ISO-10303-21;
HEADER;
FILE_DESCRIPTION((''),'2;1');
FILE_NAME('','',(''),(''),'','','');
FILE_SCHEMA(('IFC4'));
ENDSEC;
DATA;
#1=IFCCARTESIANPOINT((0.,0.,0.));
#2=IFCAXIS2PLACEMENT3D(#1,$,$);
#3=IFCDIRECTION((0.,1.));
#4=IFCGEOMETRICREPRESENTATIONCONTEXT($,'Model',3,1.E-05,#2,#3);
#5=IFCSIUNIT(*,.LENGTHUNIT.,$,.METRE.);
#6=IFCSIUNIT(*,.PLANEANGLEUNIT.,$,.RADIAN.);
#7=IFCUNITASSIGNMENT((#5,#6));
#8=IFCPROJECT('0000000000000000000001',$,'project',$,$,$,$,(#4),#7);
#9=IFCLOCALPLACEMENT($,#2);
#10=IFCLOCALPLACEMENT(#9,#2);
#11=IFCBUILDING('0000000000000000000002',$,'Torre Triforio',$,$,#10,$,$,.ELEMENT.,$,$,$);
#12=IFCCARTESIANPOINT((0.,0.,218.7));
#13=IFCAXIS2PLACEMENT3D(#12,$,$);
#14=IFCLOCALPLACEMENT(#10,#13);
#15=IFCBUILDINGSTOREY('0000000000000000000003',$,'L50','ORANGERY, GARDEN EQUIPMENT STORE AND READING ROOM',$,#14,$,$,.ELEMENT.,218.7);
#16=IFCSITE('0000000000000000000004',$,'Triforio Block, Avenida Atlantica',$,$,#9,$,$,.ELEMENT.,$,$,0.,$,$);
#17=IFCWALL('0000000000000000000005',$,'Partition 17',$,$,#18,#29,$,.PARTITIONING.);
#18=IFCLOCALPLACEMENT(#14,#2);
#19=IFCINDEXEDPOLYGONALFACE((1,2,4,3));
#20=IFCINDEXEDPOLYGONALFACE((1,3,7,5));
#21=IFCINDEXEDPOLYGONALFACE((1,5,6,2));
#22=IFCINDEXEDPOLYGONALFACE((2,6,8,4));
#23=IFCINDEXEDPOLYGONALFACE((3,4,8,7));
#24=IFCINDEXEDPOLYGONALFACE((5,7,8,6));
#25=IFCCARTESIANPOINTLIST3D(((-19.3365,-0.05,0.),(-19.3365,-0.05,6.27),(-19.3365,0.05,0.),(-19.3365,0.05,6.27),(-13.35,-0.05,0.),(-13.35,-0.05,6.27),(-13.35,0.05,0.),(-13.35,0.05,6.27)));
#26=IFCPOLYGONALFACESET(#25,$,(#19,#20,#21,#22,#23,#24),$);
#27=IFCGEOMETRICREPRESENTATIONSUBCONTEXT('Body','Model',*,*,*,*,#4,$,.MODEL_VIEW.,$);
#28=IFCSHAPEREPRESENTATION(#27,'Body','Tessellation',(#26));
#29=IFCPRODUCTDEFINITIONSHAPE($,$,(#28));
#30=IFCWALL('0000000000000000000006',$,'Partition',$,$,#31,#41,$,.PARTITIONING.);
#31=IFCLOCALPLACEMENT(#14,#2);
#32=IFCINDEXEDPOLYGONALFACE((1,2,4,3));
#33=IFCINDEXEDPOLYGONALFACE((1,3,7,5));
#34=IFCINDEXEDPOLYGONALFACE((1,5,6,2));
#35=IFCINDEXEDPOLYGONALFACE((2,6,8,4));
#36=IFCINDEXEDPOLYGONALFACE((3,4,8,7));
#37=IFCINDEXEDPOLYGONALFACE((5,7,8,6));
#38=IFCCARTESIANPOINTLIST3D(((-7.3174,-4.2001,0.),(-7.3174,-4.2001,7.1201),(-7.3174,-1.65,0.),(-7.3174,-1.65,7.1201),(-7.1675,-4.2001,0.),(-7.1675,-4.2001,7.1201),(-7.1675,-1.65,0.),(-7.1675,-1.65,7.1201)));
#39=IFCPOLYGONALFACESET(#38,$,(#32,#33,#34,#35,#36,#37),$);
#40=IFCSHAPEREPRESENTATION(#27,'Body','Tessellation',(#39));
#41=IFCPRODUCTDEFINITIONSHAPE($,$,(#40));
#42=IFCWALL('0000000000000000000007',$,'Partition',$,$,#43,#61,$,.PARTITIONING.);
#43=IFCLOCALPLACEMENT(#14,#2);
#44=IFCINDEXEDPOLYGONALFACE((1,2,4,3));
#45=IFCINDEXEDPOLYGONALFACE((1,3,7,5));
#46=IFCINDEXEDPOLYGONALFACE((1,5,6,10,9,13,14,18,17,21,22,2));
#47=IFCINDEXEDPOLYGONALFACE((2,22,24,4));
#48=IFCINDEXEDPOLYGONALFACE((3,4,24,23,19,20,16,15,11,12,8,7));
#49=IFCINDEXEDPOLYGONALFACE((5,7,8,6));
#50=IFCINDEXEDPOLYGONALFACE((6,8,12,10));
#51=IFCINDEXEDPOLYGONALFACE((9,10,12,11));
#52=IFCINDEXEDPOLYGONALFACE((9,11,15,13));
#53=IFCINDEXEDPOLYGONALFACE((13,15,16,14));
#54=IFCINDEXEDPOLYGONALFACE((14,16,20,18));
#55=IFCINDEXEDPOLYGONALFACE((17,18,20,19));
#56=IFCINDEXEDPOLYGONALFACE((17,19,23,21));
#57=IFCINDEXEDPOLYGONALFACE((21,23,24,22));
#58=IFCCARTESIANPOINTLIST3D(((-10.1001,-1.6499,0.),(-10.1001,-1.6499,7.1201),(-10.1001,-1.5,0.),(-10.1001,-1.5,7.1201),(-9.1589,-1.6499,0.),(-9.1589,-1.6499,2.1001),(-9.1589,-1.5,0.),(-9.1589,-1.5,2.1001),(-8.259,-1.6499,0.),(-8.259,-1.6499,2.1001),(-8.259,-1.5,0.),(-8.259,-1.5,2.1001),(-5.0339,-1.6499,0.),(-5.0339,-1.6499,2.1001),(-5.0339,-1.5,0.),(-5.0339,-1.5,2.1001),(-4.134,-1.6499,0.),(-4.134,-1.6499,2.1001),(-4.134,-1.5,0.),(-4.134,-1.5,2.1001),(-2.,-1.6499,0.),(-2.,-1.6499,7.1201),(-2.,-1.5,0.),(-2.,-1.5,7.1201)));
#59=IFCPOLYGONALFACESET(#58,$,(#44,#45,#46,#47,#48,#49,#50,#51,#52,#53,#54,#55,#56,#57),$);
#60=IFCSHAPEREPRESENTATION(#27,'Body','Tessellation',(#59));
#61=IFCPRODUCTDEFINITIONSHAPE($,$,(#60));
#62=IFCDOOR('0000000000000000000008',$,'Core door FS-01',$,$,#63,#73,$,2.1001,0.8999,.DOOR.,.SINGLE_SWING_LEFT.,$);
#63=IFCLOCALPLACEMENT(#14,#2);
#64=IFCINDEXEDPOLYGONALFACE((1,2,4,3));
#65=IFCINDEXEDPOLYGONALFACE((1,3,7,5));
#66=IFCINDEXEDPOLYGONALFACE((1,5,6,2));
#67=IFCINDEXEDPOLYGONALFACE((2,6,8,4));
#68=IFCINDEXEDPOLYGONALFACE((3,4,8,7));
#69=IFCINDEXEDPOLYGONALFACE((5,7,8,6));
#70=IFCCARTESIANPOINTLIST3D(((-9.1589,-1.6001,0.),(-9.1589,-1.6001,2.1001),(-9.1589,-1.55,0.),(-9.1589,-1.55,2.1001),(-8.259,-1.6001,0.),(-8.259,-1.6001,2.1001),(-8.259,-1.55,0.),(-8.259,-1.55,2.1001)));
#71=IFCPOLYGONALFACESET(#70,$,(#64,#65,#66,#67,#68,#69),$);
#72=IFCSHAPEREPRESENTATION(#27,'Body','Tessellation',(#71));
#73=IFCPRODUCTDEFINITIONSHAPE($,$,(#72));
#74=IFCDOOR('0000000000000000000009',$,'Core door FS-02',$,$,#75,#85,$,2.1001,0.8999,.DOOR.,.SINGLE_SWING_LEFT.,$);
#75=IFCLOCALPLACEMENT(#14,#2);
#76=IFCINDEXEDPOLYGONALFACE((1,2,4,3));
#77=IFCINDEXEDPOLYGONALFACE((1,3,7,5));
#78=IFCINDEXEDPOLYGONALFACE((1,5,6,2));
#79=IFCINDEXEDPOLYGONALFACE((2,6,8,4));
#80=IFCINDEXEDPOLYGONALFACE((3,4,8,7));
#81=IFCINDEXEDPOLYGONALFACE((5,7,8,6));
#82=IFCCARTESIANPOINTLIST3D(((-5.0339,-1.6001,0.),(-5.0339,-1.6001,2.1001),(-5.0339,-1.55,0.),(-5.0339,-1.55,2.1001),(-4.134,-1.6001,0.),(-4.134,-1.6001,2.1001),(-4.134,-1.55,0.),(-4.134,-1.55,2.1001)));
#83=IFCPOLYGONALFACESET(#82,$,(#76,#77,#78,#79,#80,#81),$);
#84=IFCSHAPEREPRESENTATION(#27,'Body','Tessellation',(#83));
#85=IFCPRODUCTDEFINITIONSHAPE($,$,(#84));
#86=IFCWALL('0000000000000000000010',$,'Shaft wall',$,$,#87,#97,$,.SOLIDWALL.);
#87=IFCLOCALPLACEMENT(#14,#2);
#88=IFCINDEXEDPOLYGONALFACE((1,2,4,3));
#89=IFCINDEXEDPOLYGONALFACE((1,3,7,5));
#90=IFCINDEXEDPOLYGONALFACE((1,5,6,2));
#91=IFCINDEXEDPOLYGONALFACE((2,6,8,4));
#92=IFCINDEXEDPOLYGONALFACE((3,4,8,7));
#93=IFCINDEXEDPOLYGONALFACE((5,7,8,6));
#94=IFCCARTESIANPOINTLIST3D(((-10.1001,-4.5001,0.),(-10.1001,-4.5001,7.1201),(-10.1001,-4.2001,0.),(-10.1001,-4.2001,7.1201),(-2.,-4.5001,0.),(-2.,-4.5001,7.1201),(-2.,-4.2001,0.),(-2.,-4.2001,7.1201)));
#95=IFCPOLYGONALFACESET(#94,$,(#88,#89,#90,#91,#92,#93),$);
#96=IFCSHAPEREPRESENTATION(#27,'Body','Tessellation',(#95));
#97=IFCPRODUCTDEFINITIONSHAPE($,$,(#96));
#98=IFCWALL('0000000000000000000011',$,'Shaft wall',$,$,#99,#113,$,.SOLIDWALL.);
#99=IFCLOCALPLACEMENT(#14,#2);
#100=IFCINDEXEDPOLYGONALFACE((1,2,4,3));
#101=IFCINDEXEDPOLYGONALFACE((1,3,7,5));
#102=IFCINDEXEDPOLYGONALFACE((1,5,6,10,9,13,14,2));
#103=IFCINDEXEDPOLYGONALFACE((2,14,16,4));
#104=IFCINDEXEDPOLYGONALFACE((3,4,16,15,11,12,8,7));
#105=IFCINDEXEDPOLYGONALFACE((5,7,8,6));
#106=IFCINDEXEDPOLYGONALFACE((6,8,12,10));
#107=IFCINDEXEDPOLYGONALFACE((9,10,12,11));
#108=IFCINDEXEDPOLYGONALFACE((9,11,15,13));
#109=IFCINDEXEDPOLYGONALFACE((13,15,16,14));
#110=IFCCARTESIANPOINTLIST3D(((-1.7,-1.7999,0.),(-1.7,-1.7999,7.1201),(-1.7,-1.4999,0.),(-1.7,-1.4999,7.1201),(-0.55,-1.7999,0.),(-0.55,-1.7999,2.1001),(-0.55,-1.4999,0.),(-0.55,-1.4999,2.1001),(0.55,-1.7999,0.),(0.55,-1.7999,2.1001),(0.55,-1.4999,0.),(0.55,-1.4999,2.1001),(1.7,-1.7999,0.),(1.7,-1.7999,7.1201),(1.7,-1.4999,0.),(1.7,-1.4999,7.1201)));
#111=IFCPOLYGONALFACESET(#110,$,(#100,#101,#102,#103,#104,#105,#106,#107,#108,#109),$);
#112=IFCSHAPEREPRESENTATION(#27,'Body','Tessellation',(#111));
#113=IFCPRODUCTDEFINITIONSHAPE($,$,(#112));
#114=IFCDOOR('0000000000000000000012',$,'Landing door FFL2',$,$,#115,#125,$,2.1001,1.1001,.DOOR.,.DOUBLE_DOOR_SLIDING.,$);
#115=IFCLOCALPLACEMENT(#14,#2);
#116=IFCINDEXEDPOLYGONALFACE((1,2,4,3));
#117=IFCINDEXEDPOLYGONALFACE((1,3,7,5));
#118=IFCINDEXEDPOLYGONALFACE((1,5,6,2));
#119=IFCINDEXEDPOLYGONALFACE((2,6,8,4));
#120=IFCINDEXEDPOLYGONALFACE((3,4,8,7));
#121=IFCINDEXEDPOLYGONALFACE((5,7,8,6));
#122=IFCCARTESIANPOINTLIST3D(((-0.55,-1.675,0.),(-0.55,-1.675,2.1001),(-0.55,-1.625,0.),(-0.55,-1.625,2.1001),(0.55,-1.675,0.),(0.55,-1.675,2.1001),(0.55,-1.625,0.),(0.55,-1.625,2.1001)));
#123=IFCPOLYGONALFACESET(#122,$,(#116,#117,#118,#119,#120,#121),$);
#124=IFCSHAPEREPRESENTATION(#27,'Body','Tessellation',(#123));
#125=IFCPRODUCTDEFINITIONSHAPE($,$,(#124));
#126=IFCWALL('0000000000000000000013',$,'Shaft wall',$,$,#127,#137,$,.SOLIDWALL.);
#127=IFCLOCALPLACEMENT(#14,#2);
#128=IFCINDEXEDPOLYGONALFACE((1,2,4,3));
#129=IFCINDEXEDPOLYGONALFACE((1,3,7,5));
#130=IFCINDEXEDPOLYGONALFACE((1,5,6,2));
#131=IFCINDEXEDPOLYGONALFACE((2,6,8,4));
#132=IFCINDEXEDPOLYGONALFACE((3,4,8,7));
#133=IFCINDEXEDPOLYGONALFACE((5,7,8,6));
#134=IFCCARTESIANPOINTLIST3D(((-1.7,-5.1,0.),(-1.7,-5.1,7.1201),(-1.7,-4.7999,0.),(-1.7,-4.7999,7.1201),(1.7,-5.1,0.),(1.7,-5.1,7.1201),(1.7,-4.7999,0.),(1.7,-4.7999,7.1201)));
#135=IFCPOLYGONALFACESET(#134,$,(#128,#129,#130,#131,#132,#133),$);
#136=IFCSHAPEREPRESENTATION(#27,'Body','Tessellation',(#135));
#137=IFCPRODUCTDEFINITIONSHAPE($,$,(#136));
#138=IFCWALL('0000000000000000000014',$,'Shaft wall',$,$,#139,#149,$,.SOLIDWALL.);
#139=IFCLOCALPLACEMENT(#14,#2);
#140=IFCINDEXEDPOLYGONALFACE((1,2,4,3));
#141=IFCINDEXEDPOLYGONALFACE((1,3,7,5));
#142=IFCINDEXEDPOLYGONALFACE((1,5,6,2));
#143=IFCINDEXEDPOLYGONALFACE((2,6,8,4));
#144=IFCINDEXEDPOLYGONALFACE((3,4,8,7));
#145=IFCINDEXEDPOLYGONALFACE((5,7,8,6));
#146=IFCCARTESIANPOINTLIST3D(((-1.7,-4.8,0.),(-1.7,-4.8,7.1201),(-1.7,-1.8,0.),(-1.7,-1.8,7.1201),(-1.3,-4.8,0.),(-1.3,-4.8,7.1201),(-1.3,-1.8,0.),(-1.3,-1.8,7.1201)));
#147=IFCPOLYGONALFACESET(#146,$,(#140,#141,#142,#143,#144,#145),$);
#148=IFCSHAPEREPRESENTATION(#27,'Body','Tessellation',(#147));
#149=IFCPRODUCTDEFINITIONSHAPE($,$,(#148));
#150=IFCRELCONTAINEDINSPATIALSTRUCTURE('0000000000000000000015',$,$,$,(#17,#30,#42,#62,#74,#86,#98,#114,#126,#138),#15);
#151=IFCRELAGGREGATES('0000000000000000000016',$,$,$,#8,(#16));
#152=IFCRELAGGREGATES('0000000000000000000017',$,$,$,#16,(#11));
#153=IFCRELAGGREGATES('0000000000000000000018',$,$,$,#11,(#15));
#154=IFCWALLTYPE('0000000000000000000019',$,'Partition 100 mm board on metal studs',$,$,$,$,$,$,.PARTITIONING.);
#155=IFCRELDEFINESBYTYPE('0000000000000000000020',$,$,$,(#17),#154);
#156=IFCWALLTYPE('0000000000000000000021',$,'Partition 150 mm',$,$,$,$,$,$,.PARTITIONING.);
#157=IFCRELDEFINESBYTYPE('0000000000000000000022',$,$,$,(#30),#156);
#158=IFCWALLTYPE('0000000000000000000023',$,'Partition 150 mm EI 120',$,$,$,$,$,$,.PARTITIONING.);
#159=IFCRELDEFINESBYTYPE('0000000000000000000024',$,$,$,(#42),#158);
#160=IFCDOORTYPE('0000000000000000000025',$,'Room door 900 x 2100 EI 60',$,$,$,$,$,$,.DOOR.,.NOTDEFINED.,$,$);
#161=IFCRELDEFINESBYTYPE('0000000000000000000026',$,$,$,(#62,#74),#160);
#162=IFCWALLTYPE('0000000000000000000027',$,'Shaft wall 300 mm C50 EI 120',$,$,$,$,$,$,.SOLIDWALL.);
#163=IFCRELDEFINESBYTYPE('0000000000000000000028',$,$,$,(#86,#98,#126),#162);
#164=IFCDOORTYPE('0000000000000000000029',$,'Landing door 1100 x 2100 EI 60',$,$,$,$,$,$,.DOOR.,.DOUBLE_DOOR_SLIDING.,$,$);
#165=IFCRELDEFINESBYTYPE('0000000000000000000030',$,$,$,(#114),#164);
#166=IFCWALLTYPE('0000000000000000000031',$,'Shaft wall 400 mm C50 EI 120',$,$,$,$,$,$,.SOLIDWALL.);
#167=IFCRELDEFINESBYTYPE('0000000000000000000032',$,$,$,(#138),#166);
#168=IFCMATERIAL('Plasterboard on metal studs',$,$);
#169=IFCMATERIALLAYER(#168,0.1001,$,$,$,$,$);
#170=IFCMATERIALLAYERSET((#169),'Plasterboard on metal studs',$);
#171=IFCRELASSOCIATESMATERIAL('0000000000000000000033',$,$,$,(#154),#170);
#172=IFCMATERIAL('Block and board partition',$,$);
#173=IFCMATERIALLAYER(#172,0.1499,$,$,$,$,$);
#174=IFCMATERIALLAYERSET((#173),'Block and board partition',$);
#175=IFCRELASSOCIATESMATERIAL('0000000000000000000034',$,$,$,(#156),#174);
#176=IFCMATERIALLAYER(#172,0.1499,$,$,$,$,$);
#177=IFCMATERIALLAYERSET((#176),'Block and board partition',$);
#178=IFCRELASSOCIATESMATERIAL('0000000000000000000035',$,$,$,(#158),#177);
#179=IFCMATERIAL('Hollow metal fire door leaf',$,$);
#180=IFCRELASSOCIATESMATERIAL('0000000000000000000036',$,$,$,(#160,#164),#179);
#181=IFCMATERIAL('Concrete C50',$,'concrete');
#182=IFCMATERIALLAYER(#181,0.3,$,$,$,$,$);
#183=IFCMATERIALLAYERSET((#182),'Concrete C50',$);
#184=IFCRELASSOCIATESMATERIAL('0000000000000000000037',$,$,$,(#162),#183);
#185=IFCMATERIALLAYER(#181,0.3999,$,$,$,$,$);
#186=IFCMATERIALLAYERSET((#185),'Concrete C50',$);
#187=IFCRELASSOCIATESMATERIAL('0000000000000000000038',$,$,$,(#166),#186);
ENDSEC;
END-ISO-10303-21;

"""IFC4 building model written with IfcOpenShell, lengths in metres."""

from ifc_helpers import new_model, si_unit, direction, frame, frame_2d, origin, place, context, subcontext, project, spatial, rectangle, extrude, material, layer, layer_set, type_object, element, fill, save


model = new_model("IFC4")

# Units and contexts
model_context = context("Model", 3, precision=1e-05, world=origin(), true_north=direction((0.0, 1.0)))
body_context = subcontext(model_context, "Body", "Model", "MODEL_VIEW")
ifc_project = project(units=[si_unit("LENGTHUNIT", "METRE"), si_unit("PLANEANGLEUNIT", "RADIAN")], contexts=[model_context])

# Site, building, storey
site_placement = place(None, origin())
site = spatial("IfcSite", under=ifc_project, at=site_placement, Name="Triforio Block, Avenida Atlantica", CompositionType="ELEMENT", RefElevation=0.0)
building_placement = place(site_placement, origin())
building = spatial("IfcBuilding", under=site, at=building_placement, Name="Torre Triforio", CompositionType="ELEMENT")
storey_placement = place(building_placement, frame((0.0, 0.0, 218.7)))
storey = spatial("IfcBuildingStorey", under=building, at=storey_placement, Name="L50", Description="ORANGERY, GARDEN EQUIPMENT STORE AND READING ROOM", CompositionType="ELEMENT", Elevation=218.7)

# Shared definitions
ifc_material_1 = material(Name="Concrete C50", Category="concrete")
ifc_material_2 = material(Name="Hollow metal fire door leaf")

# Shared definitions
ifc_material_3 = material(Name="Plasterboard on metal studs")

# Shared definitions
ifc_material_4 = material(Name="Block and board partition")

# Walls
ifc_layer_1 = layer(ifc_material_3, 0.1001)
ifc_layer_set_1 = layer_set([ifc_layer_1], Name="Plasterboard on metal studs")
wall_type_1 = type_object("IfcWallType", Name="Partition 100 mm board on metal studs", PredefinedType="PARTITIONING", material=ifc_layer_set_1)
wall_1_placement = place(storey_placement, frame((-13.3501, 0.0, 0.0), z_axis=(0.0, 0.0, 1.0), x_axis=(-1.0, 0.0, 0.0)))
element("IfcWall", 1, at=wall_1_placement, inside=storey, type_object=wall_type_1, Name="Partition 17", PredefinedType="PARTITIONING", context=body_context, shape_type="SweptSolid", body=[
    extrude(rectangle(XDim=5.9866, YDim=0.1001, at=frame_2d((2.9932, 0.0))), origin(), (0.0, 0.0, 1.0), 6.27),
])
ifc_layer_2 = layer(ifc_material_4, 0.1499)
ifc_layer_set_2 = layer_set([ifc_layer_2], Name="Block and board partition")
wall_type_2 = type_object("IfcWallType", Name="Partition 150 mm", PredefinedType="PARTITIONING", material=ifc_layer_set_2)
wall_2_placement = place(storey_placement, frame((-7.2424, -4.2, 0.0), z_axis=(0.0, 0.0, 1.0), x_axis=(0.0, 1.0, 0.0)))
element("IfcWall", 2, at=wall_2_placement, inside=storey, type_object=wall_type_2, Name="Partition", PredefinedType="PARTITIONING", context=body_context, shape_type="SweptSolid", body=[
    extrude(rectangle(XDim=2.55, YDim=0.1499, at=frame_2d((1.2749, 0.0))), origin(), (0.0, 0.0, 1.0), 7.1201),
])

# Wall, openings, doors
ifc_layer_3 = layer(ifc_material_4, 0.1499)
ifc_layer_set_3 = layer_set([ifc_layer_3], Name="Block and board partition")
wall_type_3 = type_object("IfcWallType", Name="Partition 150 mm EI 120", PredefinedType="PARTITIONING", material=ifc_layer_set_3)
wall_3_placement = place(storey_placement, frame((-10.1001, -1.575, 0.0), z_axis=(0.0, 0.0, 1.0), x_axis=(1.0, 0.0, 0.0)))
wall_3 = element("IfcWall", 3, at=wall_3_placement, inside=storey, type_object=wall_type_3, Name="Partition", PredefinedType="PARTITIONING", context=body_context, shape_type="SweptSolid", body=[
    extrude(rectangle(XDim=8.1001, YDim=0.1499, at=frame_2d((4.05, 0.0))), origin(), (0.0, 0.0, 1.0), 7.1201),
])
opening_1_placement = place(wall_3_placement, frame((0.9412, 0.0, 0.0)))
opening_1 = element("IfcOpeningElement", 4, at=opening_1_placement, cuts=wall_3, PredefinedType="OPENING", context=body_context, shape_type="SweptSolid", body=[
    extrude(rectangle(XDim=0.8999, YDim=2.1001, at=frame_2d((0.45, 1.05))), frame((0.0, 0.085, 0.0), z_axis=(0.0, -1.0, 0.0), x_axis=(1.0, 0.0, 0.0)), (0.0, 0.0, 1.0), 0.1699),
])
opening_2_placement = place(wall_3_placement, frame((5.0662, 0.0, 0.0)))
opening_2 = element("IfcOpeningElement", 5, at=opening_2_placement, cuts=wall_3, PredefinedType="OPENING", context=body_context, shape_type="SweptSolid", body=[
    extrude(rectangle(XDim=0.8999, YDim=2.1001, at=frame_2d((0.45, 1.05))), frame((0.0, 0.085, 0.0), z_axis=(0.0, -1.0, 0.0), x_axis=(1.0, 0.0, 0.0)), (0.0, 0.0, 1.0), 0.1699),
])
door_type_1 = type_object("IfcDoorType", Name="Room door 900 x 2100 EI 60", OperationType="NOTDEFINED", PredefinedType="DOOR", material=ifc_material_2)
door_1_placement = place(opening_1_placement, origin())
door_1 = element("IfcDoor", 6, at=door_1_placement, inside=storey, type_object=door_type_1, Name="Core door FS-01", OperationType="SINGLE_SWING_LEFT", OverallHeight=2.1001, OverallWidth=0.8999, PredefinedType="DOOR", context=body_context, shape_type="SweptSolid", body=[
    extrude(rectangle(XDim=0.8999, YDim=2.1001, at=frame_2d((0.45, 1.05))), frame((0.0, 0.0249, 0.0), z_axis=(0.0, -1.0, 0.0), x_axis=(1.0, 0.0, 0.0)), (0.0, 0.0, 1.0), 0.05),
])
fill(opening_1, door_1)
door_2_placement = place(opening_2_placement, origin())
door_2 = element("IfcDoor", 7, at=door_2_placement, inside=storey, type_object=door_type_1, Name="Core door FS-02", OperationType="SINGLE_SWING_LEFT", OverallHeight=2.1001, OverallWidth=0.8999, PredefinedType="DOOR", context=body_context, shape_type="SweptSolid", body=[
    extrude(rectangle(XDim=0.8999, YDim=2.1001, at=frame_2d((0.45, 1.05))), frame((0.0, 0.0249, 0.0), z_axis=(0.0, -1.0, 0.0), x_axis=(1.0, 0.0, 0.0)), (0.0, 0.0, 1.0), 0.05),
])
fill(opening_2, door_2)

# Wall
ifc_layer_4 = layer(ifc_material_1, 0.3)
ifc_layer_set_4 = layer_set([ifc_layer_4], Name="Concrete C50")
wall_type_4 = type_object("IfcWallType", Name="Shaft wall 300 mm C50 EI 120", PredefinedType="SOLIDWALL", material=ifc_layer_set_4)
wall_4_placement = place(storey_placement, frame((-10.1001, -4.3501, 0.0), z_axis=(0.0, 0.0, 1.0), x_axis=(1.0, 0.0, 0.0)))
element("IfcWall", 8, at=wall_4_placement, inside=storey, type_object=wall_type_4, Name="Shaft wall", PredefinedType="SOLIDWALL", context=body_context, shape_type="SweptSolid", body=[
    extrude(rectangle(XDim=8.1001, YDim=0.3, at=frame_2d((4.05, 0.0))), origin(), (0.0, 0.0, 1.0), 7.1201),
])

# Wall, opening, door
wall_5_placement = place(storey_placement, frame((-1.7, -1.6499, 0.0), z_axis=(0.0, 0.0, 1.0), x_axis=(1.0, 0.0, 0.0)))
wall_5 = element("IfcWall", 9, at=wall_5_placement, inside=storey, type_object=wall_type_4, Name="Shaft wall", PredefinedType="SOLIDWALL", context=body_context, shape_type="SweptSolid", body=[
    extrude(rectangle(XDim=3.3999, YDim=0.3, at=frame_2d((1.7, 0.0))), origin(), (0.0, 0.0, 1.0), 7.1201),
])
opening_3_placement = place(wall_5_placement, frame((1.1499, 0.0, 0.0)))
opening_3 = element("IfcOpeningElement", 10, at=opening_3_placement, cuts=wall_5, PredefinedType="OPENING", context=body_context, shape_type="SweptSolid", body=[
    extrude(rectangle(XDim=1.1001, YDim=2.1001, at=frame_2d((0.55, 1.05))), frame((0.0, 0.1599, 0.0), z_axis=(0.0, -1.0, 0.0), x_axis=(1.0, 0.0, 0.0)), (0.0, 0.0, 1.0), 0.3201),
])
door_type_2 = type_object("IfcDoorType", Name="Landing door 1100 x 2100 EI 60", OperationType="DOUBLE_DOOR_SLIDING", PredefinedType="DOOR", material=ifc_material_2)
door_3_placement = place(opening_3_placement, origin())
door_3 = element("IfcDoor", 11, at=door_3_placement, inside=storey, type_object=door_type_2, Name="Landing door FFL2", OperationType="DOUBLE_DOOR_SLIDING", OverallHeight=2.1001, OverallWidth=1.1001, PredefinedType="DOOR", context=body_context, shape_type="SweptSolid", body=[
    extrude(rectangle(XDim=1.1001, YDim=2.1001, at=frame_2d((0.55, 1.05))), frame((0.0, 0.0249, 0.0), z_axis=(0.0, -1.0, 0.0), x_axis=(1.0, 0.0, 0.0)), (0.0, 0.0, 1.0), 0.05),
])
fill(opening_3, door_3)

# Walls
wall_6_placement = place(storey_placement, frame((-1.7, -4.95, 0.0), z_axis=(0.0, 0.0, 1.0), x_axis=(1.0, 0.0, 0.0)))
element("IfcWall", 12, at=wall_6_placement, inside=storey, type_object=wall_type_4, Name="Shaft wall", PredefinedType="SOLIDWALL", context=body_context, shape_type="SweptSolid", body=[
    extrude(rectangle(XDim=3.3999, YDim=0.3, at=frame_2d((1.7, 0.0))), origin(), (0.0, 0.0, 1.0), 7.1201),
])
ifc_layer_5 = layer(ifc_material_1, 0.3999)
ifc_layer_set_5 = layer_set([ifc_layer_5], Name="Concrete C50")
wall_type_5 = type_object("IfcWallType", Name="Shaft wall 400 mm C50 EI 120", PredefinedType="SOLIDWALL", material=ifc_layer_set_5)
wall_7_placement = place(storey_placement, frame((-1.5, -4.8, 0.0), z_axis=(0.0, 0.0, 1.0), x_axis=(0.0, 1.0, 0.0)))
element("IfcWall", 13, at=wall_7_placement, inside=storey, type_object=wall_type_5, Name="Shaft wall", PredefinedType="SOLIDWALL", context=body_context, shape_type="SweptSolid", body=[
    extrude(rectangle(XDim=3.0, YDim=0.3999, at=frame_2d((1.5, 0.0))), origin(), (0.0, 0.0, 1.0), 7.1201),
])

save(model, "model.ifc")
